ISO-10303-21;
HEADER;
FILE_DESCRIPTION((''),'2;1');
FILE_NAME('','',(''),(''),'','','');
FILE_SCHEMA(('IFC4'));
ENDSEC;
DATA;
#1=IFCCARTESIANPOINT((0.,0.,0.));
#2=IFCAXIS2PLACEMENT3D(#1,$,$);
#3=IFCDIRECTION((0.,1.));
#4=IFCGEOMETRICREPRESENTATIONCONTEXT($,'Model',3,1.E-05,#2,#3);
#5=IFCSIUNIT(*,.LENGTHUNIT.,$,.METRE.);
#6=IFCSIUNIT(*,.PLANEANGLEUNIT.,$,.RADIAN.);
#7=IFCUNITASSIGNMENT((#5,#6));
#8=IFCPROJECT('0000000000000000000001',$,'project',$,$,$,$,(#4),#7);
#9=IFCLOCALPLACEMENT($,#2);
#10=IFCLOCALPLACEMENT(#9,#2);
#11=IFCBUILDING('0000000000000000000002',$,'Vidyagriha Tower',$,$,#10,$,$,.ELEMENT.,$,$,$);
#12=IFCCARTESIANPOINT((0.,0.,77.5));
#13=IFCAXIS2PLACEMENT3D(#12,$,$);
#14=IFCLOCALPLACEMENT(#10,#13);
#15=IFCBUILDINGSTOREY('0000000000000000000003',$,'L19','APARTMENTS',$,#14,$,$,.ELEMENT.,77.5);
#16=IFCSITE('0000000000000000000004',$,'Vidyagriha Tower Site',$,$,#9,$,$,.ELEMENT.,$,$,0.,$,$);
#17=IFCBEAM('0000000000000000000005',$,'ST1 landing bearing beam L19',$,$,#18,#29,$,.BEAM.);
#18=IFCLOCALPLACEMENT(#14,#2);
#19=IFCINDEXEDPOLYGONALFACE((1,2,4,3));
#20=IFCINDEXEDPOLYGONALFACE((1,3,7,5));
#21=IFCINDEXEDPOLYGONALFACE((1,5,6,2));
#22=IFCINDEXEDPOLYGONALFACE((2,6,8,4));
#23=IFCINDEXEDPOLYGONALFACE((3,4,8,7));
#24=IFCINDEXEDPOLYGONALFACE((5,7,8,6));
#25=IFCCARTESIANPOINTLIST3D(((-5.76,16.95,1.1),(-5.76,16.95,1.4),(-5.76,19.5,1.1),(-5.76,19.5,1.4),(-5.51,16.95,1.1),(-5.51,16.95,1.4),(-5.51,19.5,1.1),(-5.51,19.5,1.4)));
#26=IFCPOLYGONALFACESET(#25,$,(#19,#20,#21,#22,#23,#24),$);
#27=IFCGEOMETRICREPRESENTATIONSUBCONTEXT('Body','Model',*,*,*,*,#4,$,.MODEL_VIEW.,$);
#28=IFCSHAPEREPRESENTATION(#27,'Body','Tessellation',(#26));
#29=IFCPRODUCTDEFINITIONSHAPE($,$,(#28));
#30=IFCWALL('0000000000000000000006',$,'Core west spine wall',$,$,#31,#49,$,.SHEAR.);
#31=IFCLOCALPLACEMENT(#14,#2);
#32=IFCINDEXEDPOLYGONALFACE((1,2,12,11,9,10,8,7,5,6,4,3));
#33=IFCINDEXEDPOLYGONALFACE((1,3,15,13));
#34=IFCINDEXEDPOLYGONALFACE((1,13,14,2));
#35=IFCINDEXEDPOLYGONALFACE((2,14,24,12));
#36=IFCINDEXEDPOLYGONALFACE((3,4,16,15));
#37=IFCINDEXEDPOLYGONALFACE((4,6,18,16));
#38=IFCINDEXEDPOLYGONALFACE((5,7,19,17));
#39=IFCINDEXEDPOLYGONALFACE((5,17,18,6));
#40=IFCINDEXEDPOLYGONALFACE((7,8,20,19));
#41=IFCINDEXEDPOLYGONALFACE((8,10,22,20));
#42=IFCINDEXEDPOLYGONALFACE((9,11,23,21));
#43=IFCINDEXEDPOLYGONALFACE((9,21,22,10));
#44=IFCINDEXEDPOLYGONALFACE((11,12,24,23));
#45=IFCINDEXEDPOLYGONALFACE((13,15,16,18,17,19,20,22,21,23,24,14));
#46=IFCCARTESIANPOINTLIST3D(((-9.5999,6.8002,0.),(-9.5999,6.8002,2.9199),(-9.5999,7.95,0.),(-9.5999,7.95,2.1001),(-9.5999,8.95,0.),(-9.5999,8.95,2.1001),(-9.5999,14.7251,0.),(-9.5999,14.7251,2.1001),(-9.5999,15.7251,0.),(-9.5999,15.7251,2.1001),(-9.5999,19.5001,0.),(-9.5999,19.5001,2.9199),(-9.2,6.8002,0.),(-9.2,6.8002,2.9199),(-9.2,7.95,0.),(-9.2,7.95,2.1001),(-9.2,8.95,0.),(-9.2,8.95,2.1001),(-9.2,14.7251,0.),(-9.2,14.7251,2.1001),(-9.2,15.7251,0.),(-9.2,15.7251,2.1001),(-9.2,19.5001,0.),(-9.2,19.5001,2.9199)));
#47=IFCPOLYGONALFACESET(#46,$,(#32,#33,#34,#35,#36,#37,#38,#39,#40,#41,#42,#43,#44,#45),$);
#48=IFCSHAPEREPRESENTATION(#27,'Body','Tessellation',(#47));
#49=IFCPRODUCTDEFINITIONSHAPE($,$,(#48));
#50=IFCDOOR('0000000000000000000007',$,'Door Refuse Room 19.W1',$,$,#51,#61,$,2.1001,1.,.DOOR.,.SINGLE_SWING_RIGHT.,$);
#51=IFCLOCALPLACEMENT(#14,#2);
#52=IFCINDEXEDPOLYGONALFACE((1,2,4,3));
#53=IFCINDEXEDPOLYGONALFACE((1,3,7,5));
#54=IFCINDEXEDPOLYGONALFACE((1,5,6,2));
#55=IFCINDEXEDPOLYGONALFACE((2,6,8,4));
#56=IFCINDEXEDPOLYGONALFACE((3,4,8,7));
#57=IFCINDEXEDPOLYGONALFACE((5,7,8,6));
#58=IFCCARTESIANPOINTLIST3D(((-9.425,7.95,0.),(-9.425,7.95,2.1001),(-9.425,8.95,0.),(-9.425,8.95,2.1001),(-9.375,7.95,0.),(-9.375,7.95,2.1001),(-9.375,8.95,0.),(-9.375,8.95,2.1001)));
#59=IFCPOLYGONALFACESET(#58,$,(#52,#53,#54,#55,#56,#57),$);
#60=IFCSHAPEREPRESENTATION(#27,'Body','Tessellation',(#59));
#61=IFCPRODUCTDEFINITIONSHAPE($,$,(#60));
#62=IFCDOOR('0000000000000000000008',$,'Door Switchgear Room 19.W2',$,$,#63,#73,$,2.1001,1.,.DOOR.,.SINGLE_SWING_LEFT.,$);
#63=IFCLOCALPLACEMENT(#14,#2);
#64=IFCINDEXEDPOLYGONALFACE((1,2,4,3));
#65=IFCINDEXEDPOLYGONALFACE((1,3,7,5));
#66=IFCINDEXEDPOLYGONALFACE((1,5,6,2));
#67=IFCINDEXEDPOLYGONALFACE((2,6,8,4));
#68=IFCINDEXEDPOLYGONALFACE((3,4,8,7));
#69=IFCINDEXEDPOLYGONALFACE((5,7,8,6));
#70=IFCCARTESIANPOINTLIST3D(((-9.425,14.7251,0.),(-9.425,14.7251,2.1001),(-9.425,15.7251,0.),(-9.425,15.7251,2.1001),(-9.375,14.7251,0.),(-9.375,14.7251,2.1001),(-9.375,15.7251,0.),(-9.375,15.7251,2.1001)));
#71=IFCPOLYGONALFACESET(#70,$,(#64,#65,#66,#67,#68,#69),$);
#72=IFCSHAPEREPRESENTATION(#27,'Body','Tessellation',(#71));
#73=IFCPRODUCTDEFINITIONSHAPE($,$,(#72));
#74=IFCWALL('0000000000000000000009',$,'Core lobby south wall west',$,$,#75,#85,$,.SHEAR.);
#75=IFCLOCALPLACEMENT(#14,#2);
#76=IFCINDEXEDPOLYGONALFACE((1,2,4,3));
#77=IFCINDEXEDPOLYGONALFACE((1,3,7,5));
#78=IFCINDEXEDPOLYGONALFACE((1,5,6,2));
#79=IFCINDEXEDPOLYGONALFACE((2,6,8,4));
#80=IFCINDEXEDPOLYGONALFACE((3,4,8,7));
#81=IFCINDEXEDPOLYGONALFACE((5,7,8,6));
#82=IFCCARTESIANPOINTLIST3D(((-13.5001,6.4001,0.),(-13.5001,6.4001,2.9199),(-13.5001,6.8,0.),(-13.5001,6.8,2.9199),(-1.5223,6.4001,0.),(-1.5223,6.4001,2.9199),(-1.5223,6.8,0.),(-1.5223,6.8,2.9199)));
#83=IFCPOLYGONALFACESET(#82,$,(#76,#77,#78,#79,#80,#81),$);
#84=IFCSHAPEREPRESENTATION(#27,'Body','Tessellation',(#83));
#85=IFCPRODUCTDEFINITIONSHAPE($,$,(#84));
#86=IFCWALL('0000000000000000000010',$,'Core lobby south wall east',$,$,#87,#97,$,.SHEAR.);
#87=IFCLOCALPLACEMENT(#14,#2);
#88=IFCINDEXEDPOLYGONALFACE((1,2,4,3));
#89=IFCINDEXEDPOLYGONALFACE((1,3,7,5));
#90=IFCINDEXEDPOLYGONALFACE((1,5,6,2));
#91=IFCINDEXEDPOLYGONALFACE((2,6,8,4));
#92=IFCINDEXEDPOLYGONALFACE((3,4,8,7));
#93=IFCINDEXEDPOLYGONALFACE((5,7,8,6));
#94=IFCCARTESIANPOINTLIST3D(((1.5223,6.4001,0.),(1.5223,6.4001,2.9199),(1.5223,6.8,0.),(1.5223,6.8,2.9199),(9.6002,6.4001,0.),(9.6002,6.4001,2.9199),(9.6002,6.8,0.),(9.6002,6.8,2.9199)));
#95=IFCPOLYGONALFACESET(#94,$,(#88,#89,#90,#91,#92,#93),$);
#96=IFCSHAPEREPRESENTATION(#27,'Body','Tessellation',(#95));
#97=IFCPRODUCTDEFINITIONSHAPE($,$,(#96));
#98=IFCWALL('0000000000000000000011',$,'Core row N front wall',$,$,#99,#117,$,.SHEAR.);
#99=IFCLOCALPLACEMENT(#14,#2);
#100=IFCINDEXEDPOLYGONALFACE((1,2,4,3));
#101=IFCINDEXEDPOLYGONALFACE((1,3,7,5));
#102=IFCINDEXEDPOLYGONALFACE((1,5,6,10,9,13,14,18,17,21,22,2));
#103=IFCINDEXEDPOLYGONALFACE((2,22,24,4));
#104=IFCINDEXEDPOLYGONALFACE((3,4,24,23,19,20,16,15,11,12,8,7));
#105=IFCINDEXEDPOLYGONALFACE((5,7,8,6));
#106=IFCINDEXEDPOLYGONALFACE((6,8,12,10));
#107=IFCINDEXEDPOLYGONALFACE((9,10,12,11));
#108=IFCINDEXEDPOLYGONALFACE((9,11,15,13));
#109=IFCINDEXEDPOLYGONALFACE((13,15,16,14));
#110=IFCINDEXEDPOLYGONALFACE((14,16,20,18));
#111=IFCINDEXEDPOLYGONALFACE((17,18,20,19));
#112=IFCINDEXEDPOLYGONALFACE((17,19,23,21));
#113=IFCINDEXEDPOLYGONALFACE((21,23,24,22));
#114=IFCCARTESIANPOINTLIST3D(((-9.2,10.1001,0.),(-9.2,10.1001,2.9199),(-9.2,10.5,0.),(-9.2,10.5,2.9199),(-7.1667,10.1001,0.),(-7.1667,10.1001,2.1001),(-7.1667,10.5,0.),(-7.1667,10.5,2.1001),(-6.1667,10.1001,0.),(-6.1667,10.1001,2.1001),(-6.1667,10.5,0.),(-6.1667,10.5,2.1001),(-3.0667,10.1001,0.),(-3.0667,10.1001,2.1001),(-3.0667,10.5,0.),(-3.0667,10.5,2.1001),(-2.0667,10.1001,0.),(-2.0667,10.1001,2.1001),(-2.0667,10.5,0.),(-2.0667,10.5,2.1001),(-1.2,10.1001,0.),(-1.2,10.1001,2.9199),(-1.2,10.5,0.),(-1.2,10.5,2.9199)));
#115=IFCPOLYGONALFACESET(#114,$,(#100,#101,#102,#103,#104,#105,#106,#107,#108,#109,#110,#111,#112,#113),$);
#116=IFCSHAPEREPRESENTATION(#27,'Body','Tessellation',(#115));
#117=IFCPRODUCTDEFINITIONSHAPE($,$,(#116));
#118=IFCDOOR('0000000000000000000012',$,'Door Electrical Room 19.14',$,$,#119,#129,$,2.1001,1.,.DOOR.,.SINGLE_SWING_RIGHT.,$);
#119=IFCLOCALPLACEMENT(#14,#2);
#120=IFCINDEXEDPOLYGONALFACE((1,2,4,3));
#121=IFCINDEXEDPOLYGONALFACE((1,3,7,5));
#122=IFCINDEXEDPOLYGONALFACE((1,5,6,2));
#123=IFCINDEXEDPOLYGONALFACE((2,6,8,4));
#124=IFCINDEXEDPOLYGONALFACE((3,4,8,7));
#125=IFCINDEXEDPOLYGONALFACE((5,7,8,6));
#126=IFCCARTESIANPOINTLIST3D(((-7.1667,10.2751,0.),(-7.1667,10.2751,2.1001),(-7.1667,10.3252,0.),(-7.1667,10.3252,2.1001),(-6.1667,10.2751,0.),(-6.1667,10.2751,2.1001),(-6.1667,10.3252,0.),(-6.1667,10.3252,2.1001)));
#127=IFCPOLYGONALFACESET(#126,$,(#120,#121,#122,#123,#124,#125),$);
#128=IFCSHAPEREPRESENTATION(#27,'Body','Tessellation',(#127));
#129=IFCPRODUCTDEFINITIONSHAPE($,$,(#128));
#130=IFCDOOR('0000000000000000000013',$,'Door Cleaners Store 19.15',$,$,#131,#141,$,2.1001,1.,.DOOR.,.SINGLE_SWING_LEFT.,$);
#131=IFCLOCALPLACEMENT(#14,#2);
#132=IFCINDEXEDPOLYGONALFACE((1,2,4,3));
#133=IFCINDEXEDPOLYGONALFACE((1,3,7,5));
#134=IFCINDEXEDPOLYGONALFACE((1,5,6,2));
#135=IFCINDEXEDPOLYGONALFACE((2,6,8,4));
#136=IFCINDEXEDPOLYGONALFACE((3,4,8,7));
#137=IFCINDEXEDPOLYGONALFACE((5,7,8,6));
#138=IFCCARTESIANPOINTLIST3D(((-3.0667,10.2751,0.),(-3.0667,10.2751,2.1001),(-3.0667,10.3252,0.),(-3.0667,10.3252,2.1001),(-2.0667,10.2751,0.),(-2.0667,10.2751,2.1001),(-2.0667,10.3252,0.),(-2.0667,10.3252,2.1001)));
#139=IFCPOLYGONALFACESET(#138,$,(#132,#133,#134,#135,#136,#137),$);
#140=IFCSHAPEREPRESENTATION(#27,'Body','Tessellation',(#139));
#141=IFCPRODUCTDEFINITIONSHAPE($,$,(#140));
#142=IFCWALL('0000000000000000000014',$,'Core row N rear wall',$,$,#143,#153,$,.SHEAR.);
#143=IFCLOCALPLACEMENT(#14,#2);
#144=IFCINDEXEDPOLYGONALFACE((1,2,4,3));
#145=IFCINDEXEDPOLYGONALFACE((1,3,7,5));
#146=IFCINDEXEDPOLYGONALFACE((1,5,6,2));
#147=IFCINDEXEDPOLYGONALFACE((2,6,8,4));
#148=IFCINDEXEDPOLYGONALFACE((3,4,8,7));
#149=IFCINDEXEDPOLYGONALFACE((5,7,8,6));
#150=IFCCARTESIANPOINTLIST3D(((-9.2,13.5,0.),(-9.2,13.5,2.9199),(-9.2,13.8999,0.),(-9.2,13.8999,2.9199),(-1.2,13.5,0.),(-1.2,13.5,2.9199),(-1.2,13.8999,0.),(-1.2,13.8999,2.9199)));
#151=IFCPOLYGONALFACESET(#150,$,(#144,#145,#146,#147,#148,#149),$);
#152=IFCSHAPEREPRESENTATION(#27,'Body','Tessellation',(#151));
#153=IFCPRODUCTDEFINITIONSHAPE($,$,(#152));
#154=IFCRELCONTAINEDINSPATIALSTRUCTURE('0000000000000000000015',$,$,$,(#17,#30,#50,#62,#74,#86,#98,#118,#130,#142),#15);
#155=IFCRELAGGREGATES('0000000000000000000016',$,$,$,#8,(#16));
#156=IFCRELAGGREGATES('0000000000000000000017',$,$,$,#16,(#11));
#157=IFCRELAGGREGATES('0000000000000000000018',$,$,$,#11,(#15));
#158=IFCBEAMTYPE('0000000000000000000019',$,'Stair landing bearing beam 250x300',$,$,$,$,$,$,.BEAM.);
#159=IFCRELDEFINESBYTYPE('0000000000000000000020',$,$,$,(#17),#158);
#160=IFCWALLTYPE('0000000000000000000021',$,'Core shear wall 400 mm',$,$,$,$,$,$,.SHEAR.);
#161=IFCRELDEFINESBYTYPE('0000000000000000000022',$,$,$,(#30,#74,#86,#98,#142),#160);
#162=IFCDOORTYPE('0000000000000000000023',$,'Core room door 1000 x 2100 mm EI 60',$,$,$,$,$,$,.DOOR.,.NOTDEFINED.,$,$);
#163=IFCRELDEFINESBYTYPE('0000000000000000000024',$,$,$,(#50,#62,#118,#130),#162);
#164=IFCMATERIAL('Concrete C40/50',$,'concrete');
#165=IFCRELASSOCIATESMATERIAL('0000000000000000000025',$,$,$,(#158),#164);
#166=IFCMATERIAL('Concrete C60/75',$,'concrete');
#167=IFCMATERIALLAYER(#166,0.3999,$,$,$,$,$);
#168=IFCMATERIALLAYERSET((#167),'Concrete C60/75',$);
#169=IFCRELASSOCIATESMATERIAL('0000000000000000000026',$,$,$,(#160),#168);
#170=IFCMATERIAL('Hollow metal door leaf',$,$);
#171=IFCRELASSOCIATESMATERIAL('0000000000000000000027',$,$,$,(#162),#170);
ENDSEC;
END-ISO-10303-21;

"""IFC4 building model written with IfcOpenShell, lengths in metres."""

from ifc_helpers import new_model, si_unit, direction, frame, frame_2d, origin, origin_2d, place, context, subcontext, project, spatial, rectangle, extrude, material, layer, layer_set, material_profile, profile_set, type_object, element, fill, save


model = new_model("IFC4")

# Units and contexts
model_context = context("Model", 3, precision=1e-05, world=origin(), true_north=direction((0.0, 1.0)))
body_context = subcontext(model_context, "Body", "Model", "MODEL_VIEW")
ifc_project = project(units=[si_unit("LENGTHUNIT", "METRE"), si_unit("PLANEANGLEUNIT", "RADIAN")], contexts=[model_context])

# Site, building, storey
site_placement = place(None, origin())
site = spatial("IfcSite", under=ifc_project, at=site_placement, Name="Vidyagriha Tower Site", CompositionType="ELEMENT", RefElevation=0.0)
building_placement = place(site_placement, origin())
building = spatial("IfcBuilding", under=site, at=building_placement, Name="Vidyagriha Tower", CompositionType="ELEMENT")
storey_placement = place(building_placement, frame((0.0, 0.0, 77.5)))
storey = spatial("IfcBuildingStorey", under=building, at=storey_placement, Name="L19", Description="APARTMENTS", CompositionType="ELEMENT", Elevation=77.5)

# Beam
ifc_material_1 = material(Name="Concrete C40/50", Category="concrete")
ifc_material_profile = material_profile(ifc_material_1, rectangle(XDim=0.25, YDim=0.3, at=origin_2d()), Name="Stair landing bearing beam 250x300")
ifc_profile_set = profile_set([ifc_material_profile], Name="Concrete C40/50")
beam_type = type_object("IfcBeamType", Name="Stair landing bearing beam 250x300", PredefinedType="BEAM", material=ifc_profile_set)
beam_placement = place(storey_placement, frame((-5.635, 16.95, 1.25), z_axis=(0.0, 1.0, 0.0), x_axis=(-1.0, 0.0, 0.0)))
element("IfcBeam", 1, at=beam_placement, inside=storey, type_object=beam_type, Name="ST1 landing bearing beam L19", PredefinedType="BEAM", context=body_context, shape_type="SweptSolid", body=[
    extrude(rectangle(XDim=0.25, YDim=0.3, at=origin_2d()), origin(), (0.0, 0.0, 1.0), 2.55),
])

# Wall, openings, doors
ifc_material_2 = material(Name="Concrete C60/75", Category="concrete")
ifc_layer_1 = layer(ifc_material_2, 0.3999)
ifc_layer_set_1 = layer_set([ifc_layer_1], Name="Concrete C60/75")
wall_type_1 = type_object("IfcWallType", Name="Core shear wall 400 mm", PredefinedType="SHEAR", material=ifc_layer_set_1)
wall_1_placement = place(storey_placement, frame((-9.3999, 6.8, 0.0), z_axis=(0.0, 0.0, 1.0), x_axis=(0.0, 1.0, 0.0)))
wall_1 = element("IfcWall", 2, at=wall_1_placement, inside=storey, type_object=wall_type_1, Name="Core west spine wall", PredefinedType="SHEAR", context=body_context, shape_type="SweptSolid", body=[
    extrude(rectangle(XDim=12.7, YDim=0.3999, at=frame_2d((6.3501, 0.0))), origin(), (0.0, 0.0, 1.0), 2.9199),
])
opening_1_placement = place(wall_1_placement, frame((1.1499, 0.0, 0.0)))
opening_1 = element("IfcOpeningElement", 3, at=opening_1_placement, cuts=wall_1, PredefinedType="OPENING", context=body_context, shape_type="SweptSolid", body=[
    extrude(rectangle(XDim=1.0, YDim=2.1001, at=frame_2d((0.5, 1.05))), frame((0.0, 0.21, 0.0), z_axis=(0.0, -1.0, 0.0), x_axis=(1.0, 0.0, 0.0)), (0.0, 0.0, 1.0), 0.4199),
])
opening_2_placement = place(wall_1_placement, frame((7.925, 0.0, 0.0)))
opening_2 = element("IfcOpeningElement", 4, at=opening_2_placement, cuts=wall_1, PredefinedType="OPENING", context=body_context, shape_type="SweptSolid", body=[
    extrude(rectangle(XDim=1.0, YDim=2.1001, at=frame_2d((0.5, 1.05))), frame((0.0, 0.21, 0.0), z_axis=(0.0, -1.0, 0.0), x_axis=(1.0, 0.0, 0.0)), (0.0, 0.0, 1.0), 0.4199),
])
ifc_material_3 = material(Name="Hollow metal door leaf")
door_type_1 = type_object("IfcDoorType", Name="Core room door 1000 x 2100 mm EI 60", OperationType="NOTDEFINED", PredefinedType="DOOR", material=ifc_material_3)
door_1_placement = place(opening_1_placement, frame((1.0, 0.0, 0.0), z_axis=(0.0, 0.0, 1.0), x_axis=(-1.0, 0.0, 0.0)))
door_1 = element("IfcDoor", 5, at=door_1_placement, inside=storey, type_object=door_type_1, Name="Door Refuse Room 19.W1", OperationType="SINGLE_SWING_RIGHT", OverallHeight=2.1001, OverallWidth=1.0, PredefinedType="DOOR", context=body_context, shape_type="SweptSolid", body=[
    extrude(rectangle(XDim=1.0, YDim=2.1001, at=frame_2d((0.5, 1.05))), frame((0.0, 0.0249, 0.0), z_axis=(0.0, -1.0, 0.0), x_axis=(1.0, 0.0, 0.0)), (0.0, 0.0, 1.0), 0.05),
])
fill(opening_1, door_1)
door_2_placement = place(opening_2_placement, frame((1.0, 0.0, 0.0), z_axis=(0.0, 0.0, 1.0), x_axis=(-1.0, 0.0, 0.0)))
door_2 = element("IfcDoor", 6, at=door_2_placement, inside=storey, type_object=door_type_1, Name="Door Switchgear Room 19.W2", OperationType="SINGLE_SWING_LEFT", OverallHeight=2.1001, OverallWidth=1.0, PredefinedType="DOOR", context=body_context, shape_type="SweptSolid", body=[
    extrude(rectangle(XDim=1.0, YDim=2.1001, at=frame_2d((0.5, 1.05))), frame((0.0, 0.0249, 0.0), z_axis=(0.0, -1.0, 0.0), x_axis=(1.0, 0.0, 0.0)), (0.0, 0.0, 1.0), 0.05),
])
fill(opening_2, door_2)

# Walls
wall_2_placement = place(storey_placement, frame((-13.5, 6.6001, 0.0)))
element("IfcWall", 7, at=wall_2_placement, inside=storey, type_object=wall_type_1, Name="Core lobby south wall west", PredefinedType="SHEAR", context=body_context, shape_type="SweptSolid", body=[
    extrude(rectangle(XDim=11.9778, YDim=0.3999, at=frame_2d((5.9888, 0.0))), origin(), (0.0, 0.0, 1.0), 2.9199),
])
wall_3_placement = place(storey_placement, frame((1.5222, 6.6001, 0.0)))
element("IfcWall", 8, at=wall_3_placement, inside=storey, type_object=wall_type_1, Name="Core lobby south wall east", PredefinedType="SHEAR", context=body_context, shape_type="SweptSolid", body=[
    extrude(rectangle(XDim=8.0779, YDim=0.3999, at=frame_2d((4.0391, 0.0))), origin(), (0.0, 0.0, 1.0), 2.9199),
])

# Wall, openings, doors
wall_4_placement = place(storey_placement, frame((-9.2, 10.3, 0.0)))
wall_4 = element("IfcWall", 9, at=wall_4_placement, inside=storey, type_object=wall_type_1, Name="Core row N front wall", PredefinedType="SHEAR", context=body_context, shape_type="SweptSolid", body=[
    extrude(rectangle(XDim=8.0, YDim=0.3999, at=frame_2d((4.0, 0.0))), origin(), (0.0, 0.0, 1.0), 2.9199),
])
opening_3_placement = place(wall_4_placement, frame((2.0332, 0.0, 0.0)))
opening_3 = element("IfcOpeningElement", 10, at=opening_3_placement, cuts=wall_4, PredefinedType="OPENING", context=body_context, shape_type="SweptSolid", body=[
    extrude(rectangle(XDim=1.0, YDim=2.1001, at=frame_2d((0.5, 1.05))), frame((0.0, 0.21, 0.0), z_axis=(0.0, -1.0, 0.0), x_axis=(1.0, 0.0, 0.0)), (0.0, 0.0, 1.0), 0.4199),
])
opening_4_placement = place(wall_4_placement, frame((6.1333, 0.0, 0.0)))
opening_4 = element("IfcOpeningElement", 11, at=opening_4_placement, cuts=wall_4, PredefinedType="OPENING", context=body_context, shape_type="SweptSolid", body=[
    extrude(rectangle(XDim=1.0, YDim=2.1001, at=frame_2d((0.5, 1.05))), frame((0.0, 0.21, 0.0), z_axis=(0.0, -1.0, 0.0), x_axis=(1.0, 0.0, 0.0)), (0.0, 0.0, 1.0), 0.4199),
])
door_3_placement = place(opening_3_placement, frame((1.0, 0.0, 0.0), z_axis=(0.0, 0.0, 1.0), x_axis=(-1.0, 0.0, 0.0)))
door_3 = element("IfcDoor", 12, at=door_3_placement, inside=storey, type_object=door_type_1, Name="Door Electrical Room 19.14", OperationType="SINGLE_SWING_RIGHT", OverallHeight=2.1001, OverallWidth=1.0, PredefinedType="DOOR", context=body_context, shape_type="SweptSolid", body=[
    extrude(rectangle(XDim=1.0, YDim=2.1001, at=frame_2d((0.5, 1.05))), frame((0.0, 0.0249, 0.0), z_axis=(0.0, -1.0, 0.0), x_axis=(1.0, 0.0, 0.0)), (0.0, 0.0, 1.0), 0.05),
])
fill(opening_3, door_3)
door_4_placement = place(opening_4_placement, frame((1.0, 0.0, 0.0), z_axis=(0.0, 0.0, 1.0), x_axis=(-1.0, 0.0, 0.0)))
door_4 = element("IfcDoor", 13, at=door_4_placement, inside=storey, type_object=door_type_1, Name="Door Cleaners Store 19.15", OperationType="SINGLE_SWING_LEFT", OverallHeight=2.1001, OverallWidth=1.0, PredefinedType="DOOR", context=body_context, shape_type="SweptSolid", body=[
    extrude(rectangle(XDim=1.0, YDim=2.1001, at=frame_2d((0.5, 1.05))), frame((0.0, 0.0249, 0.0), z_axis=(0.0, -1.0, 0.0), x_axis=(1.0, 0.0, 0.0)), (0.0, 0.0, 1.0), 0.05),
])
fill(opening_4, door_4)

# Wall
wall_5_placement = place(storey_placement, frame((-9.2, 13.7, 0.0)))
element("IfcWall", 14, at=wall_5_placement, inside=storey, type_object=wall_type_1, Name="Core row N rear wall", PredefinedType="SHEAR", context=body_context, shape_type="SweptSolid", body=[
    extrude(rectangle(XDim=8.0, YDim=0.3999, at=frame_2d((4.0, 0.0))), origin(), (0.0, 0.0, 1.0), 2.9199),
])

save(model, "model.ifc")
